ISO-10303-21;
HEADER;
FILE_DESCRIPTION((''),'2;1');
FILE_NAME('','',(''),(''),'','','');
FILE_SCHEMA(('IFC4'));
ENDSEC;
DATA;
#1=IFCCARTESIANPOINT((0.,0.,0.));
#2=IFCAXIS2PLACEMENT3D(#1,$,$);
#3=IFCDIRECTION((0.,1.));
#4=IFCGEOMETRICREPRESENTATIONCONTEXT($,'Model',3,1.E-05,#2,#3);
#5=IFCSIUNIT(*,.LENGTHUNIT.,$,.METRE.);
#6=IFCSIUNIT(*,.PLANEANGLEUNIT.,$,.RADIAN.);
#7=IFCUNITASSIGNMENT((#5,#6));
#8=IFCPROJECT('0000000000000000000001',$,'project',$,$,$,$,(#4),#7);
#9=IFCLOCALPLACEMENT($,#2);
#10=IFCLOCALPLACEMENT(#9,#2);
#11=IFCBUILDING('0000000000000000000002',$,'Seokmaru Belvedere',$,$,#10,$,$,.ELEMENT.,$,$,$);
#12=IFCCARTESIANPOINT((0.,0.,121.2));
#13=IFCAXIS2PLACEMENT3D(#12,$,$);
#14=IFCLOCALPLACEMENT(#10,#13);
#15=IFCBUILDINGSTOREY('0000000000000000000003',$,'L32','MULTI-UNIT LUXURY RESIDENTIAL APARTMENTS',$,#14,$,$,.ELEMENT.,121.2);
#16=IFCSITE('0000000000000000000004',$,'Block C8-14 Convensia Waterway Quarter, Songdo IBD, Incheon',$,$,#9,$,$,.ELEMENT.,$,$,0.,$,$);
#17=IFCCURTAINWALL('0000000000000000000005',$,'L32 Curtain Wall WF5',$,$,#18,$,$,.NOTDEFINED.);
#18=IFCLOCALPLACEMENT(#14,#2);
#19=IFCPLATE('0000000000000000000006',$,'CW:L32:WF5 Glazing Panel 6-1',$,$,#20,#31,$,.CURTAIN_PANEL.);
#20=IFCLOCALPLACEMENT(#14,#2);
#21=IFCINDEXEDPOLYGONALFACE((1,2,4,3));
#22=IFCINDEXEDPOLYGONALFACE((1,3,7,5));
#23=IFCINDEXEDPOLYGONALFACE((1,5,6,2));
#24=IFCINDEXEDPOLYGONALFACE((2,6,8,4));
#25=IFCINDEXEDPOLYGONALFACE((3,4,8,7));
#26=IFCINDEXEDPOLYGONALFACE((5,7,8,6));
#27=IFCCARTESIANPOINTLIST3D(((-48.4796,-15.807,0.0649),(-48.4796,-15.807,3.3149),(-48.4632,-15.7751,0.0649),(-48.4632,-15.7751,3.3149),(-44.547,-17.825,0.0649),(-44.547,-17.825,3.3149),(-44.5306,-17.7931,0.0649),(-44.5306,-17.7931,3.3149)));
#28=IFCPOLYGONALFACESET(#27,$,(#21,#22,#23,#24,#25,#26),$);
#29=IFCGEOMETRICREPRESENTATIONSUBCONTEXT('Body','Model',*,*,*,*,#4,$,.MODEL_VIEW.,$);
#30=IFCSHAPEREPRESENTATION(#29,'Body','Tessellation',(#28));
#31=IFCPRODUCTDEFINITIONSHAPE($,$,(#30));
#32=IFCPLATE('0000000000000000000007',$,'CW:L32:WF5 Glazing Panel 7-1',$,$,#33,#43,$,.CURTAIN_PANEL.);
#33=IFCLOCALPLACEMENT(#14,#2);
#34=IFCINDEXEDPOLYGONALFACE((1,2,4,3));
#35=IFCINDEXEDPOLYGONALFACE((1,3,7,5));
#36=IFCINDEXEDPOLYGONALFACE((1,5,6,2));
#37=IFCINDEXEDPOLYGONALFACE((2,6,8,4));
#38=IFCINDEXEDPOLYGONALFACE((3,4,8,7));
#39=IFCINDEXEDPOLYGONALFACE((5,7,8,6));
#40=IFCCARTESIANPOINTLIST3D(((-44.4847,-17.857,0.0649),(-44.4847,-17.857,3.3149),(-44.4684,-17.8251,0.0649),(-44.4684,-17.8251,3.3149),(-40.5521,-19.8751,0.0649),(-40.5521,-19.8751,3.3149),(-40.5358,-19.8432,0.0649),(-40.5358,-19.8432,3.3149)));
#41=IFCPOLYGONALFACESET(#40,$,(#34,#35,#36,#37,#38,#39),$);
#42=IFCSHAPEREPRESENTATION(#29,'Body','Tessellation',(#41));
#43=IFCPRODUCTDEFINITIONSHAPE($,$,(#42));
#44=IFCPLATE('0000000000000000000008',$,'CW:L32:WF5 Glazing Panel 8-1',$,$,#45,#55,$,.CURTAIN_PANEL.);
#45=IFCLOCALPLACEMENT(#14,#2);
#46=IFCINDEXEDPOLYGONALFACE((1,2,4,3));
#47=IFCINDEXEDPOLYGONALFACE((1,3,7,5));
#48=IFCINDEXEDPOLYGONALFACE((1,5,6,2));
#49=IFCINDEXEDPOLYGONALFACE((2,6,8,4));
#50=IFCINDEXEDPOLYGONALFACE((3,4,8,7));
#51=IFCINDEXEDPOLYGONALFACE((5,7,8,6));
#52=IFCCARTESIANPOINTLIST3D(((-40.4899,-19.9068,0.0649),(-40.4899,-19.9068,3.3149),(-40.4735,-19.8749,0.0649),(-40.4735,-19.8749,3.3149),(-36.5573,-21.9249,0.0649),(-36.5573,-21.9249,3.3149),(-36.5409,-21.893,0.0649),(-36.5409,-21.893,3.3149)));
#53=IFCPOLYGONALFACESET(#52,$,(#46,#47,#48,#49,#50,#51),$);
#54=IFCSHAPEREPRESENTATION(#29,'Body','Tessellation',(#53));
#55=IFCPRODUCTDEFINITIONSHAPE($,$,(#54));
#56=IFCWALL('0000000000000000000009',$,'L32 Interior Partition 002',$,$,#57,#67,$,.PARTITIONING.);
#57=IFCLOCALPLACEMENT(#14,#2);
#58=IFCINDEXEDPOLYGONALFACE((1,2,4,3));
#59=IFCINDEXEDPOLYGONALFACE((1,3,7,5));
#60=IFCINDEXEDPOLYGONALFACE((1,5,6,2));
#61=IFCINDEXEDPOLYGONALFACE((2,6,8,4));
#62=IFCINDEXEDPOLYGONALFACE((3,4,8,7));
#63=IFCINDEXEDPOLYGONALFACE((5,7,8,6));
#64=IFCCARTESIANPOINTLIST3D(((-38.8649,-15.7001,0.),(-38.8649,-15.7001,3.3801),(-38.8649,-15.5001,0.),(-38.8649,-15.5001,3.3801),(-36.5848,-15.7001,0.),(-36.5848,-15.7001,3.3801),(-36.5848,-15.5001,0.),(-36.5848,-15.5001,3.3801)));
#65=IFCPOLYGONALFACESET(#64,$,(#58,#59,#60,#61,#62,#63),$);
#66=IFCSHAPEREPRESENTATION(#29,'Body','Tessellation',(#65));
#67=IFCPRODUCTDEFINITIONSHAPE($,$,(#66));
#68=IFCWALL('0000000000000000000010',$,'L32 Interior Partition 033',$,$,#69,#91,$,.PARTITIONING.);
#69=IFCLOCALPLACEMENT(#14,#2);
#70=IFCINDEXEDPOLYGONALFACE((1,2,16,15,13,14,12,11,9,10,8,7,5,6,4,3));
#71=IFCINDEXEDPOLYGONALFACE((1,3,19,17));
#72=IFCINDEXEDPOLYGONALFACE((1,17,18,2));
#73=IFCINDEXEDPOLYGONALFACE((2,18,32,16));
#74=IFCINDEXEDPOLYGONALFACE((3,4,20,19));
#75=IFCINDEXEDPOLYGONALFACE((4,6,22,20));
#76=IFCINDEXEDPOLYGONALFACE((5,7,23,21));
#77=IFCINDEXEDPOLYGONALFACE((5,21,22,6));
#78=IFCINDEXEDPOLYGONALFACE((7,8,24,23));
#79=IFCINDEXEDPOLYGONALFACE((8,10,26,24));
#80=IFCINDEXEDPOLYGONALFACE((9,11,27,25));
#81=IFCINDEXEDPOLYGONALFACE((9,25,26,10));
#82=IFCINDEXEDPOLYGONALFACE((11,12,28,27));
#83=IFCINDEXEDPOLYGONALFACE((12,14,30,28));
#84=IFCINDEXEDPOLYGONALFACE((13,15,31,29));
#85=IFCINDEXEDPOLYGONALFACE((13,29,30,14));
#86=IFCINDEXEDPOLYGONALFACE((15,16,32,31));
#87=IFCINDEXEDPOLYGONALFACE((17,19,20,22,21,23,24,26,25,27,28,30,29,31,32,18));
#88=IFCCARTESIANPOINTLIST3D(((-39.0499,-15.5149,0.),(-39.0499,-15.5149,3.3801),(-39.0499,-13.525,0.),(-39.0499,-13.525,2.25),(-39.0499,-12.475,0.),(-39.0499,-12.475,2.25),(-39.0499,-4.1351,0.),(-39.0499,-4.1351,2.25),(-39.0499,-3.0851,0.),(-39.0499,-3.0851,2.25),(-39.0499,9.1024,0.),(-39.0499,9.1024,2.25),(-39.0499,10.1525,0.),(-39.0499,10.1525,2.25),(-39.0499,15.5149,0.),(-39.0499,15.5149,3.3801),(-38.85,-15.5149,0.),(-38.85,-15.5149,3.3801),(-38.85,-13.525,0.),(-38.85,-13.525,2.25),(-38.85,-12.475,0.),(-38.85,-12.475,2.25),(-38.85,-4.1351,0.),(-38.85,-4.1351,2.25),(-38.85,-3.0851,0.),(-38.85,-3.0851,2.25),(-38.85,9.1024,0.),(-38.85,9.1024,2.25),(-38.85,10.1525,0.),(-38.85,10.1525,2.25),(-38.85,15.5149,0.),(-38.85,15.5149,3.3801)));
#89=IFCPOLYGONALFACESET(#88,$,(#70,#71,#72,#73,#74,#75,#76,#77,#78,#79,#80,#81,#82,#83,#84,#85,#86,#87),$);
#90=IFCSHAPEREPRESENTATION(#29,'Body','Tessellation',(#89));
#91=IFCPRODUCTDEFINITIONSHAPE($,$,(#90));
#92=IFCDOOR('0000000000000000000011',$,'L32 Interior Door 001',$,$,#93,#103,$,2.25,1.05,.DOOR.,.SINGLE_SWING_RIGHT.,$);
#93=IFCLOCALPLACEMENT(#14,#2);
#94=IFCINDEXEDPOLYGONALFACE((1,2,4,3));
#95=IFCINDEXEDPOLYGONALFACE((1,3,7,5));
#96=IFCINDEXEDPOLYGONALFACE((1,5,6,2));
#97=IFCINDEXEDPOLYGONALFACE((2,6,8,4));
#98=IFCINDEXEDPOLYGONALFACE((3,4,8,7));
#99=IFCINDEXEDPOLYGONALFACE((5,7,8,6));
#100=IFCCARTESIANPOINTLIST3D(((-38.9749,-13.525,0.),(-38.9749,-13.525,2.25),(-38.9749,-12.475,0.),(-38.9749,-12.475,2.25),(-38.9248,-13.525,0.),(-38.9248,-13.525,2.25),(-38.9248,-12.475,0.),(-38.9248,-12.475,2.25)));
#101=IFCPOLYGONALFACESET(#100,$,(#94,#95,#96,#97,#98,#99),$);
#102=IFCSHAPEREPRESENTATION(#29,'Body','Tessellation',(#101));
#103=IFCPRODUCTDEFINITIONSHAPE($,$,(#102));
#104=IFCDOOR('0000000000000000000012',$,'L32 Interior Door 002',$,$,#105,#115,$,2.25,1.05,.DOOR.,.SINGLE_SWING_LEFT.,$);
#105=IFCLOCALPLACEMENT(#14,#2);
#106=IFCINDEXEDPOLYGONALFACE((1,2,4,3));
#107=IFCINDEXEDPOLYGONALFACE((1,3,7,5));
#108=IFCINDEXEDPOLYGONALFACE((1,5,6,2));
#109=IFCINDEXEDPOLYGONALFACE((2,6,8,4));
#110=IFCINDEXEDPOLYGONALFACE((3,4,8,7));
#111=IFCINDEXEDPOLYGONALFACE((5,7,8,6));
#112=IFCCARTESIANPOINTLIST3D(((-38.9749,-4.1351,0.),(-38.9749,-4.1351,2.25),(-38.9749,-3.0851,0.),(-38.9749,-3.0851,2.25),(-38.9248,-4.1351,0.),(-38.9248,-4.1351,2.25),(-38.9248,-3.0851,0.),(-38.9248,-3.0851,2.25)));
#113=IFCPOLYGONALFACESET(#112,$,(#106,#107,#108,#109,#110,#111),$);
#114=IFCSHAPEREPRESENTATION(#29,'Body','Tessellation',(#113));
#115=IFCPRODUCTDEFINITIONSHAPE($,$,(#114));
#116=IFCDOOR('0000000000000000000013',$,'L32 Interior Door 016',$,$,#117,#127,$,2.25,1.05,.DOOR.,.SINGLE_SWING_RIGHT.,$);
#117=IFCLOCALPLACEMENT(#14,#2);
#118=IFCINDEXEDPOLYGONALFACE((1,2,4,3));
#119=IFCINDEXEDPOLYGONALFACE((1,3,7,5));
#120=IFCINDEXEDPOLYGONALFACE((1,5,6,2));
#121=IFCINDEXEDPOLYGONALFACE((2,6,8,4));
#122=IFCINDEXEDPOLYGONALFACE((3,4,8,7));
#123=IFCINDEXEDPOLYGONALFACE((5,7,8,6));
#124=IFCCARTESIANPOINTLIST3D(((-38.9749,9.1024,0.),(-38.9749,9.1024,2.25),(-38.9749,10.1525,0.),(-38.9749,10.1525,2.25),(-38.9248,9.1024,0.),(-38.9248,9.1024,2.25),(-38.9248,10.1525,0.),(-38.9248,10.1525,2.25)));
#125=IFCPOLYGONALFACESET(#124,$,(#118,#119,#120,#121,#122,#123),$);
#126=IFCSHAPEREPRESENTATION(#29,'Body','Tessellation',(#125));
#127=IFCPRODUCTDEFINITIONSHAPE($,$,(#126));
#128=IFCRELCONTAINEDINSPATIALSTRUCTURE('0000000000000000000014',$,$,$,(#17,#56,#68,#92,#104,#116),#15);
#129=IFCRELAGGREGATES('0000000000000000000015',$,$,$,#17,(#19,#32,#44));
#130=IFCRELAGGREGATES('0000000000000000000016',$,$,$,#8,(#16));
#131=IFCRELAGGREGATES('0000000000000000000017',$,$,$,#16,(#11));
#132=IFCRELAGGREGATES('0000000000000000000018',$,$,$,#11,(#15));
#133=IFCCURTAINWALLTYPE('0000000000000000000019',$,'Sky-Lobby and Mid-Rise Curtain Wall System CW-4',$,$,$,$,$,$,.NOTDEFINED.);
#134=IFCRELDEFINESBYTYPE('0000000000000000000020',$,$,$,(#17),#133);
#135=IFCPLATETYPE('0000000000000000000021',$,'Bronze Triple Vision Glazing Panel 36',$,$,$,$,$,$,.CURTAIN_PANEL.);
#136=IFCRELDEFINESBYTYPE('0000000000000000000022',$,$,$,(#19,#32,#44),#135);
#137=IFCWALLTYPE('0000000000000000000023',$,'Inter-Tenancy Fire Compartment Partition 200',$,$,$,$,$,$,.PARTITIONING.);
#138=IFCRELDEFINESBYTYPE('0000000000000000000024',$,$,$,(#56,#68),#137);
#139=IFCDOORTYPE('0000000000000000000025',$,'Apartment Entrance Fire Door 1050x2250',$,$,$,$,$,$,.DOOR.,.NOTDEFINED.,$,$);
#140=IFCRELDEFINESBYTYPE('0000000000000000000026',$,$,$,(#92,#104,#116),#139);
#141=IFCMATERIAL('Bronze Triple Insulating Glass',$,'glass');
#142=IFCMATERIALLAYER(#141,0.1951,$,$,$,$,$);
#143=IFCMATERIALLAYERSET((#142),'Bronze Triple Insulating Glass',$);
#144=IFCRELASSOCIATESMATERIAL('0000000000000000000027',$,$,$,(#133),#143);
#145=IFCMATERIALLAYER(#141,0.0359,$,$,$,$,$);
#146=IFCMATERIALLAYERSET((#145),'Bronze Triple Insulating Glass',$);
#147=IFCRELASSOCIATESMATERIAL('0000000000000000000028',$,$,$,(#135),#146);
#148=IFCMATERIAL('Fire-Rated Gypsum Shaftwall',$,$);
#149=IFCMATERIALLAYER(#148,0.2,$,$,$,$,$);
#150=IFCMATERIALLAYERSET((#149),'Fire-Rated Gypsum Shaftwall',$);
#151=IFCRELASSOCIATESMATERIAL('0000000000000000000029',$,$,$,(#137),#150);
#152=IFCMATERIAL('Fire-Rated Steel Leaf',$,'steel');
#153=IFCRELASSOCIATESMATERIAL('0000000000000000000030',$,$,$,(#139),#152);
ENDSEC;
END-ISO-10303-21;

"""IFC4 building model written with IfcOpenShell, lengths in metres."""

from ifc_helpers import new_model, si_unit, direction, frame, frame_2d, origin, origin_2d, place, context, subcontext, project, spatial, rectangle, extrude, source, transform, mapped, material, layer, layer_set, type_object, type_shapes, element, fill, aggregate, save


model = new_model("IFC4")

# Units and contexts
model_context = context("Model", 3, precision=1e-05, world=origin(), true_north=direction((0.0, 1.0)))
body_context = subcontext(model_context, "Body", "Model", "MODEL_VIEW")
ifc_project = project(units=[si_unit("LENGTHUNIT", "METRE"), si_unit("PLANEANGLEUNIT", "RADIAN")], contexts=[model_context])

# Site, building, storey
site_placement = place(None, origin())
site = spatial("IfcSite", under=ifc_project, at=site_placement, Name="Block C8-14 Convensia Waterway Quarter, Songdo IBD, Incheon", CompositionType="ELEMENT", RefElevation=0.0)
building_placement = place(site_placement, origin())
building = spatial("IfcBuilding", under=site, at=building_placement, Name="Seokmaru Belvedere", CompositionType="ELEMENT")
storey_placement = place(building_placement, frame((0.0, 0.0, 121.2)))
storey = spatial("IfcBuildingStorey", under=building, at=storey_placement, Name="L32", Description="MULTI-UNIT LUXURY RESIDENTIAL APARTMENTS", CompositionType="ELEMENT", Elevation=121.2)

# Curtain wall, plates
ifc_material_1 = material(Name="Bronze Triple Insulating Glass", Category="glass")
ifc_layer_1 = layer(ifc_material_1, 0.1951)
ifc_layer_set_1 = layer_set([ifc_layer_1], Name="Bronze Triple Insulating Glass")
curtain_wall_type = type_object("IfcCurtainWallType", Name="Sky-Lobby and Mid-Rise Curtain Wall System CW-4", PredefinedType="NOTDEFINED", material=ifc_layer_set_1)
curtain_wall_placement = place(storey_placement, origin())
curtain_wall = element("IfcCurtainWall", 1, at=curtain_wall_placement, inside=storey, type_object=curtain_wall_type, Name="L32 Curtain Wall WF5", PredefinedType="NOTDEFINED")
ifc_layer_2 = layer(ifc_material_1, 0.0359)
ifc_layer_set_2 = layer_set([ifc_layer_2], Name="Bronze Triple Insulating Glass")
plate_type = type_object("IfcPlateType", Name="Bronze Triple Vision Glazing Panel 36", PredefinedType="CURTAIN_PANEL", material=ifc_layer_set_2)
shared_shape_1 = source(origin(), body_context, "Body", "SweptSolid", [
    extrude(rectangle(XDim=4.4202, YDim=0.0359, at=origin_2d()), origin(), (0.0, 0.0, 1.0), 3.25),
])
type_shapes(plate_type, [shared_shape_1])
plate_1_placement = place(storey_placement, frame((-46.5051, -16.8, 0.0649), z_axis=(0.0, 0.0, 1.0), x_axis=(0.889695, -0.456555, 0.0)))
plate_1 = element("IfcPlate", 2, at=plate_1_placement, type_object=plate_type, Name="CW:L32:WF5 Glazing Panel 6-1", PredefinedType="CURTAIN_PANEL", context=body_context, shape_type="MappedRepresentation", body=[
    mapped(shared_shape_1, transform((0.0, 0.0, 0.0), scale=1.0)),
])
plate_2_placement = place(storey_placement, frame((-42.5103, -18.8501, 0.0649), z_axis=(0.0, 0.0, 1.0), x_axis=(0.889695, -0.456555, 0.0)))
plate_2 = element("IfcPlate", 3, at=plate_2_placement, type_object=plate_type, Name="CW:L32:WF5 Glazing Panel 7-1", PredefinedType="CURTAIN_PANEL", context=body_context, shape_type="MappedRepresentation", body=[
    mapped(shared_shape_1, transform((0.0, 0.0, 0.0), scale=1.0)),
])
plate_3_placement = place(storey_placement, frame((-38.5154, -20.8999, 0.0649), z_axis=(0.0, 0.0, 1.0), x_axis=(0.889695, -0.456555, 0.0)))
plate_3 = element("IfcPlate", 4, at=plate_3_placement, type_object=plate_type, Name="CW:L32:WF5 Glazing Panel 8-1", PredefinedType="CURTAIN_PANEL", context=body_context, shape_type="MappedRepresentation", body=[
    mapped(shared_shape_1, transform((0.0, 0.0, 0.0), scale=1.0)),
])
aggregate(curtain_wall, [plate_1, plate_2, plate_3])

# Wall
ifc_material_2 = material(Name="Fire-Rated Gypsum Shaftwall")
ifc_layer_3 = layer(ifc_material_2, 0.2)
ifc_layer_set_3 = layer_set([ifc_layer_3], Name="Fire-Rated Gypsum Shaftwall")
wall_type = type_object("IfcWallType", Name="Inter-Tenancy Fire Compartment Partition 200", PredefinedType="PARTITIONING", material=ifc_layer_set_3)
wall_1_placement = place(storey_placement, frame((-38.865, -15.6001, 0.0), z_axis=(0.0, 0.0, 1.0), x_axis=(1.0, 0.0, 0.0)))
element("IfcWall", 5, at=wall_1_placement, inside=storey, type_object=wall_type, Name="L32 Interior Partition 002", PredefinedType="PARTITIONING", context=body_context, shape_type="SweptSolid", body=[
    extrude(rectangle(XDim=2.28, YDim=0.2, at=frame_2d((1.1401, 0.0))), origin(), (0.0, 0.0, 1.0), 3.3801),
])

# Wall, openings, doors
wall_2_placement = place(storey_placement, frame((-38.95, -15.5149, 0.0), z_axis=(0.0, 0.0, 1.0), x_axis=(0.0, 1.0, 0.0)))
wall_2 = element("IfcWall", 6, at=wall_2_placement, inside=storey, type_object=wall_type, Name="L32 Interior Partition 033", PredefinedType="PARTITIONING", context=body_context, shape_type="SweptSolid", body=[
    extrude(rectangle(XDim=31.0298, YDim=0.2, at=frame_2d((15.5149, 0.0))), origin(), (0.0, 0.0, 1.0), 3.3801),
])
opening_1_placement = place(wall_2_placement, frame((1.99, 0.0, 0.0)))
opening_1 = element("IfcOpeningElement", 7, at=opening_1_placement, cuts=wall_2, PredefinedType="OPENING", context=body_context, shape_type="SweptSolid", body=[
    extrude(rectangle(XDim=1.05, YDim=2.25, at=frame_2d((0.5249, 1.125))), frame((0.0, 0.1099, 0.0), z_axis=(0.0, -1.0, 0.0), x_axis=(1.0, 0.0, 0.0)), (0.0, 0.0, 1.0), 0.22),
])
opening_2_placement = place(wall_2_placement, frame((11.3799, 0.0, 0.0)))
opening_2 = element("IfcOpeningElement", 8, at=opening_2_placement, cuts=wall_2, PredefinedType="OPENING", context=body_context, shape_type="SweptSolid", body=[
    extrude(rectangle(XDim=1.05, YDim=2.25, at=frame_2d((0.5249, 1.125))), frame((0.0, 0.1099, 0.0), z_axis=(0.0, -1.0, 0.0), x_axis=(1.0, 0.0, 0.0)), (0.0, 0.0, 1.0), 0.22),
])
opening_3_placement = place(wall_2_placement, frame((24.6174, 0.0, 0.0)))
opening_3 = element("IfcOpeningElement", 9, at=opening_3_placement, cuts=wall_2, PredefinedType="OPENING", context=body_context, shape_type="SweptSolid", body=[
    extrude(rectangle(XDim=1.05, YDim=2.25, at=frame_2d((0.5249, 1.125))), frame((0.0, 0.1099, 0.0), z_axis=(0.0, -1.0, 0.0), x_axis=(1.0, 0.0, 0.0)), (0.0, 0.0, 1.0), 0.22),
])
ifc_material_3 = material(Name="Fire-Rated Steel Leaf", Category="steel")
door_type = type_object("IfcDoorType", Name="Apartment Entrance Fire Door 1050x2250", OperationType="NOTDEFINED", PredefinedType="DOOR", material=ifc_material_3)
shared_shape_2 = source(origin(), body_context, "Body", "SweptSolid", [
    extrude(rectangle(XDim=1.05, YDim=2.25, at=frame_2d((0.5249, 1.125))), frame((0.0, 0.0249, 0.0), z_axis=(0.0, -1.0, 0.0), x_axis=(1.0, 0.0, 0.0)), (0.0, 0.0, 1.0), 0.05),
])
type_shapes(door_type, [shared_shape_2])
door_1_placement = place(opening_1_placement, origin())
door_1 = element("IfcDoor", 10, at=door_1_placement, inside=storey, type_object=door_type, Name="L32 Interior Door 001", OperationType="SINGLE_SWING_RIGHT", OverallHeight=2.25, OverallWidth=1.05, PredefinedType="DOOR", context=body_context, shape_type="MappedRepresentation", body=[
    mapped(shared_shape_2, transform((0.0, 0.0, 0.0), scale=1.0)),
])
fill(opening_1, door_1)
door_2_placement = place(opening_2_placement, origin())
door_2 = element("IfcDoor", 11, at=door_2_placement, inside=storey, type_object=door_type, Name="L32 Interior Door 002", OperationType="SINGLE_SWING_LEFT", OverallHeight=2.25, OverallWidth=1.05, PredefinedType="DOOR", context=body_context, shape_type="MappedRepresentation", body=[
    mapped(shared_shape_2, transform((0.0, 0.0, 0.0), scale=1.0)),
])
fill(opening_2, door_2)
door_3_placement = place(opening_3_placement, origin())
door_3 = element("IfcDoor", 12, at=door_3_placement, inside=storey, type_object=door_type, Name="L32 Interior Door 016", OperationType="SINGLE_SWING_RIGHT", OverallHeight=2.25, OverallWidth=1.05, PredefinedType="DOOR", context=body_context, shape_type="MappedRepresentation", body=[
    mapped(shared_shape_2, transform((0.0, 0.0, 0.0), scale=1.0)),
])
fill(opening_3, door_3)

save(model, "model.ifc")
